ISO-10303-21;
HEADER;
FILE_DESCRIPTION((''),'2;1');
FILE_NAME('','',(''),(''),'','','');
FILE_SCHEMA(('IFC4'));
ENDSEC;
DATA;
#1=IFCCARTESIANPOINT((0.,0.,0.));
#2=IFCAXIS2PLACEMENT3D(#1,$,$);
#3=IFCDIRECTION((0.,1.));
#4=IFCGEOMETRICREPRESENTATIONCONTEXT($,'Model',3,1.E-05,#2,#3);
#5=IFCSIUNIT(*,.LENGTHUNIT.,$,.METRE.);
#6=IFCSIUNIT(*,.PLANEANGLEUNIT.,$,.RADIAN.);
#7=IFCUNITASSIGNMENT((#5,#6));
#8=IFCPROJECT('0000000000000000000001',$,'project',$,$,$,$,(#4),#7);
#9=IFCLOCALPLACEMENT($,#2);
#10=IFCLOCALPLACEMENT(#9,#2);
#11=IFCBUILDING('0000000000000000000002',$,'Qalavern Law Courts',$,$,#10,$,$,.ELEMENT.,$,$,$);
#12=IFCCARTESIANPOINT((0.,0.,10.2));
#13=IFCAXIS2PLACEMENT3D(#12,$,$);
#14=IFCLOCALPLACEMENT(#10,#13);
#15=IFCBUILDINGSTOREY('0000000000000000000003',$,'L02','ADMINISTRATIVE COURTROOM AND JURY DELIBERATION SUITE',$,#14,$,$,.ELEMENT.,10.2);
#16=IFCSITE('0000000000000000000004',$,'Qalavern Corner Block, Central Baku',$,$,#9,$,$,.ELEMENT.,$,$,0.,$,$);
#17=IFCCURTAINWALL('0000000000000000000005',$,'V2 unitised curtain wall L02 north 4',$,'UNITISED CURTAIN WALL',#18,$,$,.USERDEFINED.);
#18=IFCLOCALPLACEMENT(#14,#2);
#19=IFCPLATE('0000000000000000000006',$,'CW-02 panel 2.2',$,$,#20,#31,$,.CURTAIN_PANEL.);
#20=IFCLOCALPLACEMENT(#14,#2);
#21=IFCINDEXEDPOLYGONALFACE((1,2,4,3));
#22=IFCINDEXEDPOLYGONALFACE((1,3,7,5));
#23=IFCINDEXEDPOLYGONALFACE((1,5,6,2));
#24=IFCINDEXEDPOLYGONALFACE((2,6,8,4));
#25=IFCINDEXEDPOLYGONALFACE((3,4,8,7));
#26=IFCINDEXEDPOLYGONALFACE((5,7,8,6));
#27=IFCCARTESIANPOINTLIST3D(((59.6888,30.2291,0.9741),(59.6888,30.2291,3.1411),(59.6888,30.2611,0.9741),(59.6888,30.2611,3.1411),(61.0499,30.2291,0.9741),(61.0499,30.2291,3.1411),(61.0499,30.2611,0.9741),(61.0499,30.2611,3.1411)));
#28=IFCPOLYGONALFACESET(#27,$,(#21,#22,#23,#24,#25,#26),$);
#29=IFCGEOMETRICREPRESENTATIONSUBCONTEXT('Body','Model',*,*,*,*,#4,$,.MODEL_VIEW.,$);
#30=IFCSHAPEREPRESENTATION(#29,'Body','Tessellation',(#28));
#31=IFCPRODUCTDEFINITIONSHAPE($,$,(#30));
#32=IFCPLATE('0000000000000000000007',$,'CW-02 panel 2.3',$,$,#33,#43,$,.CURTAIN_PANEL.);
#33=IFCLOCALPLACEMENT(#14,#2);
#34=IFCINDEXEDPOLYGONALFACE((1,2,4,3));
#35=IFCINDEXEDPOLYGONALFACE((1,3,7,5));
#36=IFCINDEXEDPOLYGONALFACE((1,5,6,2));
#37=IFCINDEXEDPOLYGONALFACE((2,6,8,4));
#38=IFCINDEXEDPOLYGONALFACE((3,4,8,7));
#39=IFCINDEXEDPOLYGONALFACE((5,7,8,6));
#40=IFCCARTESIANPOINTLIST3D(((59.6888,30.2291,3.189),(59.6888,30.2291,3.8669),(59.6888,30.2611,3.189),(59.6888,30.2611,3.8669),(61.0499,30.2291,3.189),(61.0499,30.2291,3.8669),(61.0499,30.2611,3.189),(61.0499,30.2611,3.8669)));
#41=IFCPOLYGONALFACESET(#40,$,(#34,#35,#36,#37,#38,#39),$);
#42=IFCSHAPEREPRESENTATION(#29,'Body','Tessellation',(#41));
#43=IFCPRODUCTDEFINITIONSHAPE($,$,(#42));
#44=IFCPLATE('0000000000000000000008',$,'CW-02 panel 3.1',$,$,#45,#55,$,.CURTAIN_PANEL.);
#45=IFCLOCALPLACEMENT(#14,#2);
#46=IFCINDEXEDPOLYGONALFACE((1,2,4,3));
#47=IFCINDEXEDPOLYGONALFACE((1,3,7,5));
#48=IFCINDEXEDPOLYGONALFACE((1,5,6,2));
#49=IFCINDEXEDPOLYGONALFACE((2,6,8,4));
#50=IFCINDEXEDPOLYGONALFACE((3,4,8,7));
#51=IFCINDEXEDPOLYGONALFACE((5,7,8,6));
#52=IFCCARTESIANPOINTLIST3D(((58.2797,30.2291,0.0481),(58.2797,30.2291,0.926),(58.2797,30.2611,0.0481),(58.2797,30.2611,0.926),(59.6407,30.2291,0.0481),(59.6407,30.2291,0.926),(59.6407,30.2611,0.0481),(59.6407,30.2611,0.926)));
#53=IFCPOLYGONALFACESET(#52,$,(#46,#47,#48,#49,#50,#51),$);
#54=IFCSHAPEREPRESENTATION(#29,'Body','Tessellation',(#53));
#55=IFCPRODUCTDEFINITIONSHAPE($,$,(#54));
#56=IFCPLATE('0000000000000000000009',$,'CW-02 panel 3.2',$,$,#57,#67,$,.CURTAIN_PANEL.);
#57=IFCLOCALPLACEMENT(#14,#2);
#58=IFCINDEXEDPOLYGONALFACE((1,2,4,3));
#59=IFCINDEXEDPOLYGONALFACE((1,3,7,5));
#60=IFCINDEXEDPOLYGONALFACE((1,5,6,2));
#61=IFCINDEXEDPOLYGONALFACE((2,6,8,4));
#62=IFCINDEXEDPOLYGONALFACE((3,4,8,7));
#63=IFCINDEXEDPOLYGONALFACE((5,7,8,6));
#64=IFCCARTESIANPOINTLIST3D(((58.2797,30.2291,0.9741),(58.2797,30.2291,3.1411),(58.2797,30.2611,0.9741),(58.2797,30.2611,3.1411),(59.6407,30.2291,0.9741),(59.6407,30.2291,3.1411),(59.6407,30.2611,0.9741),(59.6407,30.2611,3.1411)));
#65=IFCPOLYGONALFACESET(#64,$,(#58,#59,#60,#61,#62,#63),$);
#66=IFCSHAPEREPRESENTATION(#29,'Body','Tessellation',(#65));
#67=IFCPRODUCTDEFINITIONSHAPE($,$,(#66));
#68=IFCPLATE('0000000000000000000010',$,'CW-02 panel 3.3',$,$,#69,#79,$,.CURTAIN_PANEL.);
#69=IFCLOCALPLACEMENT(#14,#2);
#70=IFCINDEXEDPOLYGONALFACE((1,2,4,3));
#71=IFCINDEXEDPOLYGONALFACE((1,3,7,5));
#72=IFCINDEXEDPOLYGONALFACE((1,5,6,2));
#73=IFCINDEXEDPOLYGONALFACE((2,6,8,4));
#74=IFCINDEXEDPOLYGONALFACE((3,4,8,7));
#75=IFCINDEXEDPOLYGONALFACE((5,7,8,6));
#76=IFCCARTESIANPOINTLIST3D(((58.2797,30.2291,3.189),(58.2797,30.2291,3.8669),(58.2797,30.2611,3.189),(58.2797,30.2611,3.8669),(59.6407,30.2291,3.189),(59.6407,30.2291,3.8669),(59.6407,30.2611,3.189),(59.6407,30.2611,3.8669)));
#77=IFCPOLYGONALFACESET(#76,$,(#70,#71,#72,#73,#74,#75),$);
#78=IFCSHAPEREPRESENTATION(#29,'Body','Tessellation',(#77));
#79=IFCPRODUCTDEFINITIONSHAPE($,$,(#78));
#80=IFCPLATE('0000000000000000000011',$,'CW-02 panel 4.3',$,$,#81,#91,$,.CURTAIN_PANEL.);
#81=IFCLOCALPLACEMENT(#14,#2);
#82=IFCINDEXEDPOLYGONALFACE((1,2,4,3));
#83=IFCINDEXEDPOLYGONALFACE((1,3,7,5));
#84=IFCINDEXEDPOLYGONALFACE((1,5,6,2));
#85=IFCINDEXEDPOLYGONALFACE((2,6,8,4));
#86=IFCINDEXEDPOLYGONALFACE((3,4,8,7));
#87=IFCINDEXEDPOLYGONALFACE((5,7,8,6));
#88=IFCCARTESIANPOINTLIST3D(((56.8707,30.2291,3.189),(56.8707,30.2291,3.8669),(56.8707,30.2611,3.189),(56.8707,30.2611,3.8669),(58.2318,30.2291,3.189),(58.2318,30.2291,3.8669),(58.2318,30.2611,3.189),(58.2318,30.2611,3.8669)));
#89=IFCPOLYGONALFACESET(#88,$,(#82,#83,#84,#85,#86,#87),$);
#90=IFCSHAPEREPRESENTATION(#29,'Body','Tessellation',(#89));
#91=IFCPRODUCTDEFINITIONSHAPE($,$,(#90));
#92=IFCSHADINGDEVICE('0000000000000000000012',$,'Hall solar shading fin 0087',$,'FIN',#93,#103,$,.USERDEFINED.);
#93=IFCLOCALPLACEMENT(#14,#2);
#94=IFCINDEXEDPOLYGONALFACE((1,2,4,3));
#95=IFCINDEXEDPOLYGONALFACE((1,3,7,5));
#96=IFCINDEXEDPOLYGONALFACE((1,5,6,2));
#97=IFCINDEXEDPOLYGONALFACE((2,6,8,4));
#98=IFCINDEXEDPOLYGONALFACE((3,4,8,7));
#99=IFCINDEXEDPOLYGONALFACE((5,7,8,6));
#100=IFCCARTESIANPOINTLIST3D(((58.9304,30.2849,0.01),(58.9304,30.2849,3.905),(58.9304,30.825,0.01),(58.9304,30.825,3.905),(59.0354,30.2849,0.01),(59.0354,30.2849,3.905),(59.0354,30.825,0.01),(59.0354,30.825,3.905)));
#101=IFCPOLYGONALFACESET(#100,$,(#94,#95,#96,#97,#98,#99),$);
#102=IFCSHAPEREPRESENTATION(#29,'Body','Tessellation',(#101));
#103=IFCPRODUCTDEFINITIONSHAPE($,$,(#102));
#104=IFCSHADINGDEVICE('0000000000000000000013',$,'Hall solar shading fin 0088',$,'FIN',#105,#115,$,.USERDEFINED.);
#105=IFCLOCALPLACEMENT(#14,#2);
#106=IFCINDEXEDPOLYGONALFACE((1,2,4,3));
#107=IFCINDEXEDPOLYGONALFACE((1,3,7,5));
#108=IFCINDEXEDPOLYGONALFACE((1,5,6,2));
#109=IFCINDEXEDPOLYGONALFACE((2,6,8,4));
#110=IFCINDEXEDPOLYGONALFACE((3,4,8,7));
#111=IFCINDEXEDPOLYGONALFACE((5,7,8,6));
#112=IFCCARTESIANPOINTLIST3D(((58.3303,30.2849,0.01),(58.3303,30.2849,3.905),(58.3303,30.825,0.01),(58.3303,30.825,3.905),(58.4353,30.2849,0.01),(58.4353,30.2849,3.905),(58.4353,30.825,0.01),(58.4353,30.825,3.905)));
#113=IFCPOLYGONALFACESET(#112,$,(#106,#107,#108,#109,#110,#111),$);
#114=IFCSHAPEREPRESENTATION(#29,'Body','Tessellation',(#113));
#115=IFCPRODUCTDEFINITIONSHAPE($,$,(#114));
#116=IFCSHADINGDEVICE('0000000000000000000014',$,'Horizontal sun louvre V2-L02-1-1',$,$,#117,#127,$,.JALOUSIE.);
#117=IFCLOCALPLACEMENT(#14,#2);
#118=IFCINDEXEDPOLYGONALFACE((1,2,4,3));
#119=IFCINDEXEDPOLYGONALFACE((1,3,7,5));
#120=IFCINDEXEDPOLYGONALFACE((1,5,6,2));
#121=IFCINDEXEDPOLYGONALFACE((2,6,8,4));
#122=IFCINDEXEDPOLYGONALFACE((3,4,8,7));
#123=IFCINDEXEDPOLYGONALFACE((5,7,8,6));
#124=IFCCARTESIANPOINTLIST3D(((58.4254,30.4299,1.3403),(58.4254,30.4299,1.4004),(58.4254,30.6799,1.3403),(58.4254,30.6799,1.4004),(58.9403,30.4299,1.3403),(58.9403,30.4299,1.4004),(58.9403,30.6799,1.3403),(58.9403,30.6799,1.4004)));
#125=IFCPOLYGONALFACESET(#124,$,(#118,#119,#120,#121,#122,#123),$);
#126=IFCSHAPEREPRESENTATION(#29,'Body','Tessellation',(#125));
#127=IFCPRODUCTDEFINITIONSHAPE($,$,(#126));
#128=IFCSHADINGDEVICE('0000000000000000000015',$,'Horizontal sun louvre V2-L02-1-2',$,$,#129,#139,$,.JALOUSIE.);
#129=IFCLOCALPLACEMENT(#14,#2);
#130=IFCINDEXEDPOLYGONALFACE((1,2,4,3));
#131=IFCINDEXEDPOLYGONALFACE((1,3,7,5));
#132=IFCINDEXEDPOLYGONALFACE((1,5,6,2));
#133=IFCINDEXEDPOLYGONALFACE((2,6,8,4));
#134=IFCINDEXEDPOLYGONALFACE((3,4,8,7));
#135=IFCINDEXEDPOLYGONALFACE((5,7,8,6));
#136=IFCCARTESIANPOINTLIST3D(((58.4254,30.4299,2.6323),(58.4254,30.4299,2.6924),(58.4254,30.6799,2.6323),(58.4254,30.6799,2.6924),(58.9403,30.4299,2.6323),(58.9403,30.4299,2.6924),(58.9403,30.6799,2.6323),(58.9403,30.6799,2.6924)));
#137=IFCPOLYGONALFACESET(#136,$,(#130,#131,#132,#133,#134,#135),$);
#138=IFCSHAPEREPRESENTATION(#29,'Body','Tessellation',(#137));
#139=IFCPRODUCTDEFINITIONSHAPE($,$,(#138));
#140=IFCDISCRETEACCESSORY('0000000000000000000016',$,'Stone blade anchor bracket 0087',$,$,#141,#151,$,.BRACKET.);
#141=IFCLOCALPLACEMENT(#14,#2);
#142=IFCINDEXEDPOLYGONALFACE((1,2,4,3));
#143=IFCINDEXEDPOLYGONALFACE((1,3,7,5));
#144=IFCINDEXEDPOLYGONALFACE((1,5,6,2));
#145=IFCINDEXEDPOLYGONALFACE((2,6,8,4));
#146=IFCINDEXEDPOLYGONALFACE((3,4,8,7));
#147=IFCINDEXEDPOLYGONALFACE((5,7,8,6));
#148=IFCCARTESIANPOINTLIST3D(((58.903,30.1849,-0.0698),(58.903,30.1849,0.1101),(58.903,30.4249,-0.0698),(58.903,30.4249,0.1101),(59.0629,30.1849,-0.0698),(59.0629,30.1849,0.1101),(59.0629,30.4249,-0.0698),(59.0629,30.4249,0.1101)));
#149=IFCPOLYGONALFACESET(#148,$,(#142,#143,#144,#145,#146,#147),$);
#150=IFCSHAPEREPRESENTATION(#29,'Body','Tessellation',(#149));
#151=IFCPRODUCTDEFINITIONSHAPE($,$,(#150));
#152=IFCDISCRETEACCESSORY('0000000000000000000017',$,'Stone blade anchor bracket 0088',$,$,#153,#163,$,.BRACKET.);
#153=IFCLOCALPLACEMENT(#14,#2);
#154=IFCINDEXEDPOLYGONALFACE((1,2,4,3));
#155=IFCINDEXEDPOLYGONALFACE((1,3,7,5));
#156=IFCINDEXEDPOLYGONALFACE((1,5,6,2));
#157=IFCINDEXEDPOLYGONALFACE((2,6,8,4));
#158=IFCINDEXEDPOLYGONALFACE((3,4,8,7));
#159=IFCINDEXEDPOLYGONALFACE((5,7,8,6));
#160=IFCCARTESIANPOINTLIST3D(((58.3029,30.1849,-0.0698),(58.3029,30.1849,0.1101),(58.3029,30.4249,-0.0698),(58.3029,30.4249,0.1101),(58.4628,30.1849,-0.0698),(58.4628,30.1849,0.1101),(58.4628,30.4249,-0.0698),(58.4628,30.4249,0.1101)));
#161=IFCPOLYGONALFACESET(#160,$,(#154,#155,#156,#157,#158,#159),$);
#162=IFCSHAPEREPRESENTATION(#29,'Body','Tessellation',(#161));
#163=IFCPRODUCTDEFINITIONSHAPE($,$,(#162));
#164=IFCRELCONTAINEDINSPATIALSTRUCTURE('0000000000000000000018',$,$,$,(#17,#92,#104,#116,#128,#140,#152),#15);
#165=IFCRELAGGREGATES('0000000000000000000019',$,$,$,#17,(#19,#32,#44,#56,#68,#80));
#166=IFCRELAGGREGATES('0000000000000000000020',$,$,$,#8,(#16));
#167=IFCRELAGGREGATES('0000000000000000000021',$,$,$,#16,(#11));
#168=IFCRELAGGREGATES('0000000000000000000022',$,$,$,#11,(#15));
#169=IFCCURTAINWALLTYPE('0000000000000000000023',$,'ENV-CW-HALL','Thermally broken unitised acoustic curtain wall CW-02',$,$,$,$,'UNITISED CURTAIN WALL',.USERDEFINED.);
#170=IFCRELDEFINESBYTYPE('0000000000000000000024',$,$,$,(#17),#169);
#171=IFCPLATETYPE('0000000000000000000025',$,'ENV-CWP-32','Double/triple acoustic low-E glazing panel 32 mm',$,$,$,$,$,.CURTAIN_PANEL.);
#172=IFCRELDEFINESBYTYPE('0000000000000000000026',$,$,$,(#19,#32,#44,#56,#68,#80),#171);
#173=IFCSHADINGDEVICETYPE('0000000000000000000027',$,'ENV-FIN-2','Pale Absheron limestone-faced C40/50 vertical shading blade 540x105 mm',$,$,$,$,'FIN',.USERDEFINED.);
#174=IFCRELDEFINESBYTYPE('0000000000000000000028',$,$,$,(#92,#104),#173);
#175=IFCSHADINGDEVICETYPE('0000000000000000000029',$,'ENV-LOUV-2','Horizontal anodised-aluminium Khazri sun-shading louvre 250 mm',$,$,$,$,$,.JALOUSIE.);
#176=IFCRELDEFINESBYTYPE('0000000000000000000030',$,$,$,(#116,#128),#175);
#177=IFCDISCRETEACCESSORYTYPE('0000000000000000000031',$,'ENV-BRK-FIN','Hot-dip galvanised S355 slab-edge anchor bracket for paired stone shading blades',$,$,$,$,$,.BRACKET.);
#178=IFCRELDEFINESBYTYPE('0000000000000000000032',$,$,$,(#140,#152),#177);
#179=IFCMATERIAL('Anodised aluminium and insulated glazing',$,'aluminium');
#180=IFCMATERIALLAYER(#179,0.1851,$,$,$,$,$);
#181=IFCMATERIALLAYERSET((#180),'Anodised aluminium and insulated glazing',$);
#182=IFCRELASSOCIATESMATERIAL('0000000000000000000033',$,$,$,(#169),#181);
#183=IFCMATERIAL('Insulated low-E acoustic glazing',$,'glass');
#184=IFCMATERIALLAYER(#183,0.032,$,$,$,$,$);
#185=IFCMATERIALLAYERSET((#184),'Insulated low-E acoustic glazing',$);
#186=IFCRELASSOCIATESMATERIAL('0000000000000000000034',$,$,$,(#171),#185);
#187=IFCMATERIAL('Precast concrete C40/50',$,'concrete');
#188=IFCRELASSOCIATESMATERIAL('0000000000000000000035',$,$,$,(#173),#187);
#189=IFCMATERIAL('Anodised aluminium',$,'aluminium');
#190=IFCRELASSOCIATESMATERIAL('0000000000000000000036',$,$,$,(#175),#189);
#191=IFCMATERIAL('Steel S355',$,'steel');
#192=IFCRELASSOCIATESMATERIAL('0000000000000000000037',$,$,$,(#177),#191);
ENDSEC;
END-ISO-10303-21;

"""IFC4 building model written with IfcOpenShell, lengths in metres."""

from ifc_helpers import new_model, si_unit, direction, frame, origin, origin_2d, place, context, subcontext, project, spatial, rectangle, extrude, material, layer, layer_set, type_object, element, aggregate, save


model = new_model("IFC4")

# Units and contexts
model_context = context("Model", 3, precision=1e-05, world=origin(), true_north=direction((0.0, 1.0)))
body_context = subcontext(model_context, "Body", "Model", "MODEL_VIEW")
ifc_project = project(units=[si_unit("LENGTHUNIT", "METRE"), si_unit("PLANEANGLEUNIT", "RADIAN")], contexts=[model_context])

# Site, building, storey
site_placement = place(None, origin())
site = spatial("IfcSite", under=ifc_project, at=site_placement, Name="Qalavern Corner Block, Central Baku", CompositionType="ELEMENT", RefElevation=0.0)
building_placement = place(site_placement, origin())
building = spatial("IfcBuilding", under=site, at=building_placement, Name="Qalavern Law Courts", CompositionType="ELEMENT")
storey_placement = place(building_placement, frame((0.0, 0.0, 10.2)))
storey = spatial("IfcBuildingStorey", under=building, at=storey_placement, Name="L02", Description="ADMINISTRATIVE COURTROOM AND JURY DELIBERATION SUITE", CompositionType="ELEMENT", Elevation=10.2)

# Curtain wall, plates
ifc_material_1 = material(Name="Anodised aluminium and insulated glazing", Category="aluminium")
ifc_layer_1 = layer(ifc_material_1, 0.1851)
ifc_layer_set_1 = layer_set([ifc_layer_1], Name="Anodised aluminium and insulated glazing")
curtain_wall_type = type_object("IfcCurtainWallType", Name="ENV-CW-HALL", Description="Thermally broken unitised acoustic curtain wall CW-02", ElementType="UNITISED CURTAIN WALL", PredefinedType="USERDEFINED", material=ifc_layer_set_1)
curtain_wall_placement = place(storey_placement, origin())
curtain_wall = element("IfcCurtainWall", 1, at=curtain_wall_placement, inside=storey, type_object=curtain_wall_type, Name="V2 unitised curtain wall L02 north 4", ObjectType="UNITISED CURTAIN WALL", PredefinedType="USERDEFINED")
ifc_material_2 = material(Name="Anodised aluminium", Category="aluminium")
ifc_material_3 = material(Name="Insulated low-E acoustic glazing", Category="glass")
ifc_layer_2 = layer(ifc_material_3, 0.032)
ifc_layer_set_2 = layer_set([ifc_layer_2], Name="Insulated low-E acoustic glazing")
plate_type = type_object("IfcPlateType", Name="ENV-CWP-32", Description="Double/triple acoustic low-E glazing panel 32 mm", PredefinedType="CURTAIN_PANEL", material=ifc_layer_set_2)
plate_1_placement = place(storey_placement, frame((60.3694, 30.2451, 0.9741), z_axis=(0.0, 0.0, 1.0), x_axis=(-1.0, 0.0, 0.0)))
plate_1 = element("IfcPlate", 2, at=plate_1_placement, type_object=plate_type, Name="CW-02 panel 2.2", PredefinedType="CURTAIN_PANEL", context=body_context, shape_type="SweptSolid", body=[
    extrude(rectangle(XDim=1.3611, YDim=0.032, at=origin_2d()), origin(), (0.0, 0.0, 1.0), 2.167),
])
plate_2_placement = place(storey_placement, frame((60.3694, 30.2451, 3.189), z_axis=(0.0, 0.0, 1.0), x_axis=(-1.0, 0.0, 0.0)))
plate_2 = element("IfcPlate", 3, at=plate_2_placement, type_object=plate_type, Name="CW-02 panel 2.3", PredefinedType="CURTAIN_PANEL", context=body_context, shape_type="SweptSolid", body=[
    extrude(rectangle(XDim=1.3611, YDim=0.032, at=origin_2d()), origin(), (0.0, 0.0, 1.0), 0.678),
])
plate_3_placement = place(storey_placement, frame((58.9602, 30.2451, 0.0481), z_axis=(0.0, 0.0, 1.0), x_axis=(-1.0, 0.0, 0.0)))
plate_3 = element("IfcPlate", 4, at=plate_3_placement, type_object=plate_type, Name="CW-02 panel 3.1", PredefinedType="CURTAIN_PANEL", context=body_context, shape_type="SweptSolid", body=[
    extrude(rectangle(XDim=1.3611, YDim=0.032, at=origin_2d()), origin(), (0.0, 0.0, 1.0), 0.8779),
])
plate_4_placement = place(storey_placement, frame((58.9602, 30.2451, 0.9741), z_axis=(0.0, 0.0, 1.0), x_axis=(-1.0, 0.0, 0.0)))
plate_4 = element("IfcPlate", 5, at=plate_4_placement, type_object=plate_type, Name="CW-02 panel 3.2", PredefinedType="CURTAIN_PANEL", context=body_context, shape_type="SweptSolid", body=[
    extrude(rectangle(XDim=1.3611, YDim=0.032, at=origin_2d()), origin(), (0.0, 0.0, 1.0), 2.167),
])
plate_5_placement = place(storey_placement, frame((58.9602, 30.2451, 3.189), z_axis=(0.0, 0.0, 1.0), x_axis=(-1.0, 0.0, 0.0)))
plate_5 = element("IfcPlate", 6, at=plate_5_placement, type_object=plate_type, Name="CW-02 panel 3.3", PredefinedType="CURTAIN_PANEL", context=body_context, shape_type="SweptSolid", body=[
    extrude(rectangle(XDim=1.3611, YDim=0.032, at=origin_2d()), origin(), (0.0, 0.0, 1.0), 0.678),
])
plate_6_placement = place(storey_placement, frame((57.5513, 30.2451, 3.189), z_axis=(0.0, 0.0, 1.0), x_axis=(-1.0, 0.0, 0.0)))
plate_6 = element("IfcPlate", 7, at=plate_6_placement, type_object=plate_type, Name="CW-02 panel 4.3", PredefinedType="CURTAIN_PANEL", context=body_context, shape_type="SweptSolid", body=[
    extrude(rectangle(XDim=1.3611, YDim=0.032, at=origin_2d()), origin(), (0.0, 0.0, 1.0), 0.678),
])
aggregate(curtain_wall, [plate_1, plate_2, plate_3, plate_4, plate_5, plate_6])

# Shading devices
ifc_material_4 = material(Name="Precast concrete C40/50", Category="concrete")
shading_device_type_1 = type_object("IfcShadingDeviceType", Name="ENV-FIN-2", Description="Pale Absheron limestone-faced C40/50 vertical shading blade 540x105 mm", ElementType="FIN", PredefinedType="USERDEFINED", material=ifc_material_4)
for number, where, z_axis, x_axis, name in (
    (8, (58.9829, 30.5549, 0.01), (0.0, 0.0, 1.0), (0.0, 1.0, 0.0), "Hall solar shading fin 0087"),
    (9, (58.3828, 30.5549, 0.01), (0.0, 0.0, 1.0), (0.0, 1.0, 0.0), "Hall solar shading fin 0088"),
):
    element("IfcShadingDevice", number, at=place(storey_placement, frame(where, z_axis=z_axis, x_axis=x_axis)), inside=storey, type_object=shading_device_type_1, Name=name, ObjectType="FIN", PredefinedType="USERDEFINED", context=body_context, shape_type="SweptSolid", body=[
        extrude(rectangle(XDim=0.54, YDim=0.105, at=origin_2d()), origin(), (0.0, 0.0, 1.0), 3.895),
    ])
shading_device_type_2 = type_object("IfcShadingDeviceType", Name="ENV-LOUV-2", Description="Horizontal anodised-aluminium Khazri sun-shading louvre 250 mm", PredefinedType="JALOUSIE", material=ifc_material_2)
for number, where, z_axis, x_axis, name in (
    (10, (58.6829, 30.5549, 1.3403), (0.0, 0.0, 1.0), (-1.0, 0.0, 0.0), "Horizontal sun louvre V2-L02-1-1"),
    (11, (58.6829, 30.5549, 2.6323), (0.0, 0.0, 1.0), (-1.0, 0.0, 0.0), "Horizontal sun louvre V2-L02-1-2"),
):
    element("IfcShadingDevice", number, at=place(storey_placement, frame(where, z_axis=z_axis, x_axis=x_axis)), inside=storey, type_object=shading_device_type_2, Name=name, PredefinedType="JALOUSIE", context=body_context, shape_type="SweptSolid", body=[
        extrude(rectangle(XDim=0.5149, YDim=0.25, at=origin_2d()), origin(), (0.0, 0.0, 1.0), 0.0601),
    ])

# Discrete accessories
ifc_material_5 = material(Name="Steel S355", Category="steel")
discrete_accessory_type = type_object("IfcDiscreteAccessoryType", Name="ENV-BRK-FIN", Description="Hot-dip galvanised S355 slab-edge anchor bracket for paired stone shading blades", PredefinedType="BRACKET", material=ifc_material_5)
for number, where, z_axis, x_axis, name in (
    (12, (58.9829, 30.3049, -0.0698), (0.0, 0.0, 1.0), (0.0, 1.0, 0.0), "Stone blade anchor bracket 0087"),
    (13, (58.3828, 30.3049, -0.0698), (0.0, 0.0, 1.0), (0.0, 1.0, 0.0), "Stone blade anchor bracket 0088"),
):
    element("IfcDiscreteAccessory", number, at=place(storey_placement, frame(where, z_axis=z_axis, x_axis=x_axis)), inside=storey, type_object=discrete_accessory_type, Name=name, PredefinedType="BRACKET", context=body_context, shape_type="SweptSolid", body=[
        extrude(rectangle(XDim=0.24, YDim=0.1599, at=origin_2d()), origin(), (0.0, 0.0, 1.0), 0.1799),
    ])

save(model, "model.ifc")
